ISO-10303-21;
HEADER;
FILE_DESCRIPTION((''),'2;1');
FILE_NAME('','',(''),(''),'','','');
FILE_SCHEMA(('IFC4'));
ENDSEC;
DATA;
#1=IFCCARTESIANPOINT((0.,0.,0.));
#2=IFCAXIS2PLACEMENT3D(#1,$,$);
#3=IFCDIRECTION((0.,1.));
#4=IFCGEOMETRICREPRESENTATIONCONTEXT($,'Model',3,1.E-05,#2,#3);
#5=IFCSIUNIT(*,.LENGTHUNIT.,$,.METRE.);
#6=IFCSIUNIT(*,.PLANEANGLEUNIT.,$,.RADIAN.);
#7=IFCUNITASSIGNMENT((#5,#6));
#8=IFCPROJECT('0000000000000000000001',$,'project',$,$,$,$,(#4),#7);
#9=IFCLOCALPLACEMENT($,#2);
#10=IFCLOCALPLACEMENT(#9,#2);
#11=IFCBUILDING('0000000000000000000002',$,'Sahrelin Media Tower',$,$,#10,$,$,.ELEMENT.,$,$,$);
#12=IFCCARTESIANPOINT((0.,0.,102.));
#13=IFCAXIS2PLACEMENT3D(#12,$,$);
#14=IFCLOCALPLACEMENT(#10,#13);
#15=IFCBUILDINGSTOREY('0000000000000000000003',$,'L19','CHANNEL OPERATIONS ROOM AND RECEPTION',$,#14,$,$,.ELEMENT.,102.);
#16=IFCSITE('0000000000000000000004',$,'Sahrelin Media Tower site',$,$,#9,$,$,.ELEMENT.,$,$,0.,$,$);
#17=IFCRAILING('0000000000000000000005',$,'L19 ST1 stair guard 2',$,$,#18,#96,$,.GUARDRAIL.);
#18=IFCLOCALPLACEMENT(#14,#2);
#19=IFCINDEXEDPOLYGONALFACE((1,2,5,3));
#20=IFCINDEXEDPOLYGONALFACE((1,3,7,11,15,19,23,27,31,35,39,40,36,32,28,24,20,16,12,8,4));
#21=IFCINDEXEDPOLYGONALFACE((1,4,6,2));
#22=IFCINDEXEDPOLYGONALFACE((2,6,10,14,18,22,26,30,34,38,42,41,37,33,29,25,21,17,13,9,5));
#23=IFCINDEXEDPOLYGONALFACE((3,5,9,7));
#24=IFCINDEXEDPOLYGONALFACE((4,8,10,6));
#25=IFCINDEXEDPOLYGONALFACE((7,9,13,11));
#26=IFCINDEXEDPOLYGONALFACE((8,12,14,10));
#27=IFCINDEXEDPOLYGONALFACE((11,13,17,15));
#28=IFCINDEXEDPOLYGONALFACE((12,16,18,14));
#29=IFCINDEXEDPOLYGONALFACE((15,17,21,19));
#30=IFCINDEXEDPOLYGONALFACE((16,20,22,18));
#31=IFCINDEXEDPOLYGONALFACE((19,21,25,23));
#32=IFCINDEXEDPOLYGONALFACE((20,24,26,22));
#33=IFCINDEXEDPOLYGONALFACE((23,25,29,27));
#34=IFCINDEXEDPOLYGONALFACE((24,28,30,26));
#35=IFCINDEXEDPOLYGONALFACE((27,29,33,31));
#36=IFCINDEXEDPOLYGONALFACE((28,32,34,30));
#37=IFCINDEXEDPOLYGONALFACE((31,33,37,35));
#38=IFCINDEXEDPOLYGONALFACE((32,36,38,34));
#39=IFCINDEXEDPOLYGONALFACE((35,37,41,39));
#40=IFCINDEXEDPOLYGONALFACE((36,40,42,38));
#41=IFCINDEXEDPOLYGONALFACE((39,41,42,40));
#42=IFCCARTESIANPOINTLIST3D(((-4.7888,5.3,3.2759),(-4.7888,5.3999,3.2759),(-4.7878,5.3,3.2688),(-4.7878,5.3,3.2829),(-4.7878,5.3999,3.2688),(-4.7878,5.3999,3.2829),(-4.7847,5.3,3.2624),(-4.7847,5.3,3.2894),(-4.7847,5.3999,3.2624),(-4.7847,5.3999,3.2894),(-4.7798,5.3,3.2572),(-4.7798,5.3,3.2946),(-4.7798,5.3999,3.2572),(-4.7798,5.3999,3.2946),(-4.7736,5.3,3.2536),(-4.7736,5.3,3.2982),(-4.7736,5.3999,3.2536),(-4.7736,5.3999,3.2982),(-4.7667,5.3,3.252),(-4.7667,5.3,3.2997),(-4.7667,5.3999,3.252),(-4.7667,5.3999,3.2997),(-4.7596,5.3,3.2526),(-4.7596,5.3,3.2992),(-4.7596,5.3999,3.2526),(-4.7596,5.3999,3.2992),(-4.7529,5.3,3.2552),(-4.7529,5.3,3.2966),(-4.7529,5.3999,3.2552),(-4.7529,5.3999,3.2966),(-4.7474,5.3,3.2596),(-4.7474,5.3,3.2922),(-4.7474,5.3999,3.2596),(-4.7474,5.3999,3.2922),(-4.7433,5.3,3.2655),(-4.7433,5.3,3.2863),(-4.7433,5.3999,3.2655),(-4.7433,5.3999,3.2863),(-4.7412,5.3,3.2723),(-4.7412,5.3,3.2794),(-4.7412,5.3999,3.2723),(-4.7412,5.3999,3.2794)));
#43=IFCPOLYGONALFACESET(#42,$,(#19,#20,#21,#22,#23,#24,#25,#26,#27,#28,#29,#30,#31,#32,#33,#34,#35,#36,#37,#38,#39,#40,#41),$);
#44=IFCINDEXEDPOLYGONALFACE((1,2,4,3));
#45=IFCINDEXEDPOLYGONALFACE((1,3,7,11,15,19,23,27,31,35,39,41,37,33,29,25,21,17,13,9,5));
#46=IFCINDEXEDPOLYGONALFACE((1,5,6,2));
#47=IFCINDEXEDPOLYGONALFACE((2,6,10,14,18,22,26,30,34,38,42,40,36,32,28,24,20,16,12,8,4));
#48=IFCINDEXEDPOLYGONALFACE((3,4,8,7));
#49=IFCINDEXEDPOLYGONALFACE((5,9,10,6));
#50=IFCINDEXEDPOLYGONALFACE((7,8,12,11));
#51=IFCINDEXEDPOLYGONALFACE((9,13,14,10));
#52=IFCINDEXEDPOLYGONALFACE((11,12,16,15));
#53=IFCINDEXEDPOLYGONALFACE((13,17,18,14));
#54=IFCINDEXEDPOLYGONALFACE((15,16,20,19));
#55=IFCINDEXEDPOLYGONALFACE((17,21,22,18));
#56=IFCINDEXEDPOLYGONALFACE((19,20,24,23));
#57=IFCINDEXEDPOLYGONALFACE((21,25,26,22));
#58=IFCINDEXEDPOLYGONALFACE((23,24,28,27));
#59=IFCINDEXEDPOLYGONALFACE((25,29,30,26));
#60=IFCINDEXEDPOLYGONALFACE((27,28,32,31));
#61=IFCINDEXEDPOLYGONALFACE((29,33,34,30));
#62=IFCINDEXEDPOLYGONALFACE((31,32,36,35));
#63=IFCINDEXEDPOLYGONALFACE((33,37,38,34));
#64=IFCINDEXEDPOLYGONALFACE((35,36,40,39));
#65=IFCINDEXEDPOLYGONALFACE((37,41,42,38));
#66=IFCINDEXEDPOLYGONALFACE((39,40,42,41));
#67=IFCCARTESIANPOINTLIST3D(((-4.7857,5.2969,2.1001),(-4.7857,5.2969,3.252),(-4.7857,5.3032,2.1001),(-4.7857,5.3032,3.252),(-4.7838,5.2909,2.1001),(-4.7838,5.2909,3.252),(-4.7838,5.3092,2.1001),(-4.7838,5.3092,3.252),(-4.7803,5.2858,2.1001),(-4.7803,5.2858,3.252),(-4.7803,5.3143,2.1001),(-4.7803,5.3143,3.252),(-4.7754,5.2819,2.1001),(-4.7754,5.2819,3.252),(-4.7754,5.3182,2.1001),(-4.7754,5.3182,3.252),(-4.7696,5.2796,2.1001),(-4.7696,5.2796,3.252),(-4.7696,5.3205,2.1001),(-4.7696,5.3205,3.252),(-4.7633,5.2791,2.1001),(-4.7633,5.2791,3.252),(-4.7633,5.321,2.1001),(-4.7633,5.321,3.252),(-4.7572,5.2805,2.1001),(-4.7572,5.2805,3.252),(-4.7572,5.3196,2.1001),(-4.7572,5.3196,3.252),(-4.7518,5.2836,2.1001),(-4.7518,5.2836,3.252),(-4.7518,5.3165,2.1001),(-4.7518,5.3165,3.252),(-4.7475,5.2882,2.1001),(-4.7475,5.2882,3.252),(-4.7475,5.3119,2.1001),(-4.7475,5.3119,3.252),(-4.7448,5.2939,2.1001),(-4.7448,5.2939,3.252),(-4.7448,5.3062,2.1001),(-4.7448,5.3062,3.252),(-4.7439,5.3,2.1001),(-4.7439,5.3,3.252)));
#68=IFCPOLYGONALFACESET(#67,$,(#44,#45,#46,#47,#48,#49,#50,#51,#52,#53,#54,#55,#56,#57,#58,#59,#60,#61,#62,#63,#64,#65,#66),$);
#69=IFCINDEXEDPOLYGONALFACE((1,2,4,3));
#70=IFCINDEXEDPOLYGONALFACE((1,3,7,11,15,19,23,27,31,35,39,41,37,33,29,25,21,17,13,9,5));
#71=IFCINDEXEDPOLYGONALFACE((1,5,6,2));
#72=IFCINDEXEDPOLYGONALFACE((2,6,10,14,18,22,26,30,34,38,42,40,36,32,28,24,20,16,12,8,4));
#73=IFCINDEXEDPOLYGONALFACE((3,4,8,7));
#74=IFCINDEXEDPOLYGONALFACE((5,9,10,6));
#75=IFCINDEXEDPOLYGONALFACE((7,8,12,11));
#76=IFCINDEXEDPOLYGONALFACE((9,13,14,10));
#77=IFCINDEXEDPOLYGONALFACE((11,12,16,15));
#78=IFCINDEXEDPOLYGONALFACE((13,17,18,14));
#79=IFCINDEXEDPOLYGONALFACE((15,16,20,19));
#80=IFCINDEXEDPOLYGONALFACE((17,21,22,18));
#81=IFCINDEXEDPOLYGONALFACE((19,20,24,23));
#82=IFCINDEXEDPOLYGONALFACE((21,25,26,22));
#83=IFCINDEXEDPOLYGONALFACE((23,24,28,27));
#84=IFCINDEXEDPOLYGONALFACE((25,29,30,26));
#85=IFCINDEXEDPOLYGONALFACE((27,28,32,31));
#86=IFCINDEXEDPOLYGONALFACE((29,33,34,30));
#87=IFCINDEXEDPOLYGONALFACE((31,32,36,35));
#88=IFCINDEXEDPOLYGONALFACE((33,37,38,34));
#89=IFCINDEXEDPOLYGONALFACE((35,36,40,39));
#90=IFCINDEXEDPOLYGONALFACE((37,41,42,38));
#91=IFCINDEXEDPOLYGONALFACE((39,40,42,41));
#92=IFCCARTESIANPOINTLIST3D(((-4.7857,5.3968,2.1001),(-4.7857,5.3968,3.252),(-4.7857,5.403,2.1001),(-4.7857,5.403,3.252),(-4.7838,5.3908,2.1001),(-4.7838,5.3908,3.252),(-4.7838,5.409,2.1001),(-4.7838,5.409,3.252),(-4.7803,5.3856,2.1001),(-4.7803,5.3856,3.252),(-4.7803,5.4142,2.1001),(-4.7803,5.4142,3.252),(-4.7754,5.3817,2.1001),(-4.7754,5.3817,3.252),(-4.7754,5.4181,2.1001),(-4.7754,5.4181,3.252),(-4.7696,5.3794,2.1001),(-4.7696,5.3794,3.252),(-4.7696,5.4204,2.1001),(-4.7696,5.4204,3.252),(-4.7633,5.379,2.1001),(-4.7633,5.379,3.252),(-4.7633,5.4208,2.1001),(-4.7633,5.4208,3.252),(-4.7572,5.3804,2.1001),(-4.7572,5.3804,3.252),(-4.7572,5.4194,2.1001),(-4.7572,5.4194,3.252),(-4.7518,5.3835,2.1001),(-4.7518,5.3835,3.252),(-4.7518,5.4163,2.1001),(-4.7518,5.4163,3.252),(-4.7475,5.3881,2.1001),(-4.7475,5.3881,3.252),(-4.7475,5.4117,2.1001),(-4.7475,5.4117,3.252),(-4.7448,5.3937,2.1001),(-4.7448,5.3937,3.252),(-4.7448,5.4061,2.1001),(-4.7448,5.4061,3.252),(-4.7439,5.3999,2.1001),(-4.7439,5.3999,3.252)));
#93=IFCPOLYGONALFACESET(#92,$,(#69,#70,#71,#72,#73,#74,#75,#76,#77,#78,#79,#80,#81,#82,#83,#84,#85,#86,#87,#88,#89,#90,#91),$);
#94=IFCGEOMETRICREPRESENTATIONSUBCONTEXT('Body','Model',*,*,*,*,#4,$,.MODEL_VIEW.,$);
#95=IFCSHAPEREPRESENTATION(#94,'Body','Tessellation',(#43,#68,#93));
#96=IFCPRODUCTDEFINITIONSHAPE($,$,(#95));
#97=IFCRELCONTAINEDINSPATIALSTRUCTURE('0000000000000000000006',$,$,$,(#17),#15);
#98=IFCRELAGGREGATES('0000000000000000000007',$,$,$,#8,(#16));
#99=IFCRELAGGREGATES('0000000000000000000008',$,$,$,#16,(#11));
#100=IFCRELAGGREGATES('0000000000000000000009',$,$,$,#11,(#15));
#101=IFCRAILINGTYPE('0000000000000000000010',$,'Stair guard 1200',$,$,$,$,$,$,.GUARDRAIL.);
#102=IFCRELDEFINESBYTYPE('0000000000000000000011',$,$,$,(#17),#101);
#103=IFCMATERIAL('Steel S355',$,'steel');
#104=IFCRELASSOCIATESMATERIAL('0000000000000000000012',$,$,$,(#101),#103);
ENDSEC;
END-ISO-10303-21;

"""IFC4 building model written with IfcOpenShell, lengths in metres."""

from ifc_helpers import new_model, si_unit, direction, frame, origin, origin_2d, place, context, subcontext, project, spatial, circle, extrude, material, type_object, element, save


model = new_model("IFC4")

# Units and contexts
model_context = context("Model", 3, precision=1e-05, world=origin(), true_north=direction((0.0, 1.0)))
body_context = subcontext(model_context, "Body", "Model", "MODEL_VIEW")
ifc_project = project(units=[si_unit("LENGTHUNIT", "METRE"), si_unit("PLANEANGLEUNIT", "RADIAN")], contexts=[model_context])

# Site, building, storey
site_placement = place(None, origin())
site = spatial("IfcSite", under=ifc_project, at=site_placement, Name="Sahrelin Media Tower site", CompositionType="ELEMENT", RefElevation=0.0)
building_placement = place(site_placement, origin())
building = spatial("IfcBuilding", under=site, at=building_placement, Name="Sahrelin Media Tower", CompositionType="ELEMENT")
storey_placement = place(building_placement, frame((0.0, 0.0, 102.0)))
storey = spatial("IfcBuildingStorey", under=building, at=storey_placement, Name="L19", Description="CHANNEL OPERATIONS ROOM AND RECEPTION", CompositionType="ELEMENT", Elevation=102.0)

# Shared definitions
ifc_material_1 = material(Name="Steel S355", Category="steel")

# Railing
railing_type_1 = type_object("IfcRailingType", Name="Stair guard 1200", PredefinedType="GUARDRAIL", material=ifc_material_1)
railing_1_placement = place(storey_placement, frame((-4.7649, 5.3, 2.1001)))
element("IfcRailing", 1, at=railing_1_placement, inside=storey, type_object=railing_type_1, Name="L19 ST1 stair guard 2", PredefinedType="GUARDRAIL", context=body_context, shape_type="SweptSolid", body=[
    extrude(circle(Radius=0.0239, at=origin_2d()), frame((0.0, 0.0, 1.1758), z_axis=(0.0, 1.0, 0.0), x_axis=(-1.0, 0.0, 0.0)), (0.0, 0.0, 1.0), 0.0999),
    extrude(circle(Radius=0.021, at=origin_2d()), origin(), (0.0, 0.0, 1.0), 1.1519),
    extrude(circle(Radius=0.021, at=origin_2d()), frame((0.0, 0.0999, 0.0)), (0.0, 0.0, 1.0), 1.1519),
])

save(model, "model.ifc")
